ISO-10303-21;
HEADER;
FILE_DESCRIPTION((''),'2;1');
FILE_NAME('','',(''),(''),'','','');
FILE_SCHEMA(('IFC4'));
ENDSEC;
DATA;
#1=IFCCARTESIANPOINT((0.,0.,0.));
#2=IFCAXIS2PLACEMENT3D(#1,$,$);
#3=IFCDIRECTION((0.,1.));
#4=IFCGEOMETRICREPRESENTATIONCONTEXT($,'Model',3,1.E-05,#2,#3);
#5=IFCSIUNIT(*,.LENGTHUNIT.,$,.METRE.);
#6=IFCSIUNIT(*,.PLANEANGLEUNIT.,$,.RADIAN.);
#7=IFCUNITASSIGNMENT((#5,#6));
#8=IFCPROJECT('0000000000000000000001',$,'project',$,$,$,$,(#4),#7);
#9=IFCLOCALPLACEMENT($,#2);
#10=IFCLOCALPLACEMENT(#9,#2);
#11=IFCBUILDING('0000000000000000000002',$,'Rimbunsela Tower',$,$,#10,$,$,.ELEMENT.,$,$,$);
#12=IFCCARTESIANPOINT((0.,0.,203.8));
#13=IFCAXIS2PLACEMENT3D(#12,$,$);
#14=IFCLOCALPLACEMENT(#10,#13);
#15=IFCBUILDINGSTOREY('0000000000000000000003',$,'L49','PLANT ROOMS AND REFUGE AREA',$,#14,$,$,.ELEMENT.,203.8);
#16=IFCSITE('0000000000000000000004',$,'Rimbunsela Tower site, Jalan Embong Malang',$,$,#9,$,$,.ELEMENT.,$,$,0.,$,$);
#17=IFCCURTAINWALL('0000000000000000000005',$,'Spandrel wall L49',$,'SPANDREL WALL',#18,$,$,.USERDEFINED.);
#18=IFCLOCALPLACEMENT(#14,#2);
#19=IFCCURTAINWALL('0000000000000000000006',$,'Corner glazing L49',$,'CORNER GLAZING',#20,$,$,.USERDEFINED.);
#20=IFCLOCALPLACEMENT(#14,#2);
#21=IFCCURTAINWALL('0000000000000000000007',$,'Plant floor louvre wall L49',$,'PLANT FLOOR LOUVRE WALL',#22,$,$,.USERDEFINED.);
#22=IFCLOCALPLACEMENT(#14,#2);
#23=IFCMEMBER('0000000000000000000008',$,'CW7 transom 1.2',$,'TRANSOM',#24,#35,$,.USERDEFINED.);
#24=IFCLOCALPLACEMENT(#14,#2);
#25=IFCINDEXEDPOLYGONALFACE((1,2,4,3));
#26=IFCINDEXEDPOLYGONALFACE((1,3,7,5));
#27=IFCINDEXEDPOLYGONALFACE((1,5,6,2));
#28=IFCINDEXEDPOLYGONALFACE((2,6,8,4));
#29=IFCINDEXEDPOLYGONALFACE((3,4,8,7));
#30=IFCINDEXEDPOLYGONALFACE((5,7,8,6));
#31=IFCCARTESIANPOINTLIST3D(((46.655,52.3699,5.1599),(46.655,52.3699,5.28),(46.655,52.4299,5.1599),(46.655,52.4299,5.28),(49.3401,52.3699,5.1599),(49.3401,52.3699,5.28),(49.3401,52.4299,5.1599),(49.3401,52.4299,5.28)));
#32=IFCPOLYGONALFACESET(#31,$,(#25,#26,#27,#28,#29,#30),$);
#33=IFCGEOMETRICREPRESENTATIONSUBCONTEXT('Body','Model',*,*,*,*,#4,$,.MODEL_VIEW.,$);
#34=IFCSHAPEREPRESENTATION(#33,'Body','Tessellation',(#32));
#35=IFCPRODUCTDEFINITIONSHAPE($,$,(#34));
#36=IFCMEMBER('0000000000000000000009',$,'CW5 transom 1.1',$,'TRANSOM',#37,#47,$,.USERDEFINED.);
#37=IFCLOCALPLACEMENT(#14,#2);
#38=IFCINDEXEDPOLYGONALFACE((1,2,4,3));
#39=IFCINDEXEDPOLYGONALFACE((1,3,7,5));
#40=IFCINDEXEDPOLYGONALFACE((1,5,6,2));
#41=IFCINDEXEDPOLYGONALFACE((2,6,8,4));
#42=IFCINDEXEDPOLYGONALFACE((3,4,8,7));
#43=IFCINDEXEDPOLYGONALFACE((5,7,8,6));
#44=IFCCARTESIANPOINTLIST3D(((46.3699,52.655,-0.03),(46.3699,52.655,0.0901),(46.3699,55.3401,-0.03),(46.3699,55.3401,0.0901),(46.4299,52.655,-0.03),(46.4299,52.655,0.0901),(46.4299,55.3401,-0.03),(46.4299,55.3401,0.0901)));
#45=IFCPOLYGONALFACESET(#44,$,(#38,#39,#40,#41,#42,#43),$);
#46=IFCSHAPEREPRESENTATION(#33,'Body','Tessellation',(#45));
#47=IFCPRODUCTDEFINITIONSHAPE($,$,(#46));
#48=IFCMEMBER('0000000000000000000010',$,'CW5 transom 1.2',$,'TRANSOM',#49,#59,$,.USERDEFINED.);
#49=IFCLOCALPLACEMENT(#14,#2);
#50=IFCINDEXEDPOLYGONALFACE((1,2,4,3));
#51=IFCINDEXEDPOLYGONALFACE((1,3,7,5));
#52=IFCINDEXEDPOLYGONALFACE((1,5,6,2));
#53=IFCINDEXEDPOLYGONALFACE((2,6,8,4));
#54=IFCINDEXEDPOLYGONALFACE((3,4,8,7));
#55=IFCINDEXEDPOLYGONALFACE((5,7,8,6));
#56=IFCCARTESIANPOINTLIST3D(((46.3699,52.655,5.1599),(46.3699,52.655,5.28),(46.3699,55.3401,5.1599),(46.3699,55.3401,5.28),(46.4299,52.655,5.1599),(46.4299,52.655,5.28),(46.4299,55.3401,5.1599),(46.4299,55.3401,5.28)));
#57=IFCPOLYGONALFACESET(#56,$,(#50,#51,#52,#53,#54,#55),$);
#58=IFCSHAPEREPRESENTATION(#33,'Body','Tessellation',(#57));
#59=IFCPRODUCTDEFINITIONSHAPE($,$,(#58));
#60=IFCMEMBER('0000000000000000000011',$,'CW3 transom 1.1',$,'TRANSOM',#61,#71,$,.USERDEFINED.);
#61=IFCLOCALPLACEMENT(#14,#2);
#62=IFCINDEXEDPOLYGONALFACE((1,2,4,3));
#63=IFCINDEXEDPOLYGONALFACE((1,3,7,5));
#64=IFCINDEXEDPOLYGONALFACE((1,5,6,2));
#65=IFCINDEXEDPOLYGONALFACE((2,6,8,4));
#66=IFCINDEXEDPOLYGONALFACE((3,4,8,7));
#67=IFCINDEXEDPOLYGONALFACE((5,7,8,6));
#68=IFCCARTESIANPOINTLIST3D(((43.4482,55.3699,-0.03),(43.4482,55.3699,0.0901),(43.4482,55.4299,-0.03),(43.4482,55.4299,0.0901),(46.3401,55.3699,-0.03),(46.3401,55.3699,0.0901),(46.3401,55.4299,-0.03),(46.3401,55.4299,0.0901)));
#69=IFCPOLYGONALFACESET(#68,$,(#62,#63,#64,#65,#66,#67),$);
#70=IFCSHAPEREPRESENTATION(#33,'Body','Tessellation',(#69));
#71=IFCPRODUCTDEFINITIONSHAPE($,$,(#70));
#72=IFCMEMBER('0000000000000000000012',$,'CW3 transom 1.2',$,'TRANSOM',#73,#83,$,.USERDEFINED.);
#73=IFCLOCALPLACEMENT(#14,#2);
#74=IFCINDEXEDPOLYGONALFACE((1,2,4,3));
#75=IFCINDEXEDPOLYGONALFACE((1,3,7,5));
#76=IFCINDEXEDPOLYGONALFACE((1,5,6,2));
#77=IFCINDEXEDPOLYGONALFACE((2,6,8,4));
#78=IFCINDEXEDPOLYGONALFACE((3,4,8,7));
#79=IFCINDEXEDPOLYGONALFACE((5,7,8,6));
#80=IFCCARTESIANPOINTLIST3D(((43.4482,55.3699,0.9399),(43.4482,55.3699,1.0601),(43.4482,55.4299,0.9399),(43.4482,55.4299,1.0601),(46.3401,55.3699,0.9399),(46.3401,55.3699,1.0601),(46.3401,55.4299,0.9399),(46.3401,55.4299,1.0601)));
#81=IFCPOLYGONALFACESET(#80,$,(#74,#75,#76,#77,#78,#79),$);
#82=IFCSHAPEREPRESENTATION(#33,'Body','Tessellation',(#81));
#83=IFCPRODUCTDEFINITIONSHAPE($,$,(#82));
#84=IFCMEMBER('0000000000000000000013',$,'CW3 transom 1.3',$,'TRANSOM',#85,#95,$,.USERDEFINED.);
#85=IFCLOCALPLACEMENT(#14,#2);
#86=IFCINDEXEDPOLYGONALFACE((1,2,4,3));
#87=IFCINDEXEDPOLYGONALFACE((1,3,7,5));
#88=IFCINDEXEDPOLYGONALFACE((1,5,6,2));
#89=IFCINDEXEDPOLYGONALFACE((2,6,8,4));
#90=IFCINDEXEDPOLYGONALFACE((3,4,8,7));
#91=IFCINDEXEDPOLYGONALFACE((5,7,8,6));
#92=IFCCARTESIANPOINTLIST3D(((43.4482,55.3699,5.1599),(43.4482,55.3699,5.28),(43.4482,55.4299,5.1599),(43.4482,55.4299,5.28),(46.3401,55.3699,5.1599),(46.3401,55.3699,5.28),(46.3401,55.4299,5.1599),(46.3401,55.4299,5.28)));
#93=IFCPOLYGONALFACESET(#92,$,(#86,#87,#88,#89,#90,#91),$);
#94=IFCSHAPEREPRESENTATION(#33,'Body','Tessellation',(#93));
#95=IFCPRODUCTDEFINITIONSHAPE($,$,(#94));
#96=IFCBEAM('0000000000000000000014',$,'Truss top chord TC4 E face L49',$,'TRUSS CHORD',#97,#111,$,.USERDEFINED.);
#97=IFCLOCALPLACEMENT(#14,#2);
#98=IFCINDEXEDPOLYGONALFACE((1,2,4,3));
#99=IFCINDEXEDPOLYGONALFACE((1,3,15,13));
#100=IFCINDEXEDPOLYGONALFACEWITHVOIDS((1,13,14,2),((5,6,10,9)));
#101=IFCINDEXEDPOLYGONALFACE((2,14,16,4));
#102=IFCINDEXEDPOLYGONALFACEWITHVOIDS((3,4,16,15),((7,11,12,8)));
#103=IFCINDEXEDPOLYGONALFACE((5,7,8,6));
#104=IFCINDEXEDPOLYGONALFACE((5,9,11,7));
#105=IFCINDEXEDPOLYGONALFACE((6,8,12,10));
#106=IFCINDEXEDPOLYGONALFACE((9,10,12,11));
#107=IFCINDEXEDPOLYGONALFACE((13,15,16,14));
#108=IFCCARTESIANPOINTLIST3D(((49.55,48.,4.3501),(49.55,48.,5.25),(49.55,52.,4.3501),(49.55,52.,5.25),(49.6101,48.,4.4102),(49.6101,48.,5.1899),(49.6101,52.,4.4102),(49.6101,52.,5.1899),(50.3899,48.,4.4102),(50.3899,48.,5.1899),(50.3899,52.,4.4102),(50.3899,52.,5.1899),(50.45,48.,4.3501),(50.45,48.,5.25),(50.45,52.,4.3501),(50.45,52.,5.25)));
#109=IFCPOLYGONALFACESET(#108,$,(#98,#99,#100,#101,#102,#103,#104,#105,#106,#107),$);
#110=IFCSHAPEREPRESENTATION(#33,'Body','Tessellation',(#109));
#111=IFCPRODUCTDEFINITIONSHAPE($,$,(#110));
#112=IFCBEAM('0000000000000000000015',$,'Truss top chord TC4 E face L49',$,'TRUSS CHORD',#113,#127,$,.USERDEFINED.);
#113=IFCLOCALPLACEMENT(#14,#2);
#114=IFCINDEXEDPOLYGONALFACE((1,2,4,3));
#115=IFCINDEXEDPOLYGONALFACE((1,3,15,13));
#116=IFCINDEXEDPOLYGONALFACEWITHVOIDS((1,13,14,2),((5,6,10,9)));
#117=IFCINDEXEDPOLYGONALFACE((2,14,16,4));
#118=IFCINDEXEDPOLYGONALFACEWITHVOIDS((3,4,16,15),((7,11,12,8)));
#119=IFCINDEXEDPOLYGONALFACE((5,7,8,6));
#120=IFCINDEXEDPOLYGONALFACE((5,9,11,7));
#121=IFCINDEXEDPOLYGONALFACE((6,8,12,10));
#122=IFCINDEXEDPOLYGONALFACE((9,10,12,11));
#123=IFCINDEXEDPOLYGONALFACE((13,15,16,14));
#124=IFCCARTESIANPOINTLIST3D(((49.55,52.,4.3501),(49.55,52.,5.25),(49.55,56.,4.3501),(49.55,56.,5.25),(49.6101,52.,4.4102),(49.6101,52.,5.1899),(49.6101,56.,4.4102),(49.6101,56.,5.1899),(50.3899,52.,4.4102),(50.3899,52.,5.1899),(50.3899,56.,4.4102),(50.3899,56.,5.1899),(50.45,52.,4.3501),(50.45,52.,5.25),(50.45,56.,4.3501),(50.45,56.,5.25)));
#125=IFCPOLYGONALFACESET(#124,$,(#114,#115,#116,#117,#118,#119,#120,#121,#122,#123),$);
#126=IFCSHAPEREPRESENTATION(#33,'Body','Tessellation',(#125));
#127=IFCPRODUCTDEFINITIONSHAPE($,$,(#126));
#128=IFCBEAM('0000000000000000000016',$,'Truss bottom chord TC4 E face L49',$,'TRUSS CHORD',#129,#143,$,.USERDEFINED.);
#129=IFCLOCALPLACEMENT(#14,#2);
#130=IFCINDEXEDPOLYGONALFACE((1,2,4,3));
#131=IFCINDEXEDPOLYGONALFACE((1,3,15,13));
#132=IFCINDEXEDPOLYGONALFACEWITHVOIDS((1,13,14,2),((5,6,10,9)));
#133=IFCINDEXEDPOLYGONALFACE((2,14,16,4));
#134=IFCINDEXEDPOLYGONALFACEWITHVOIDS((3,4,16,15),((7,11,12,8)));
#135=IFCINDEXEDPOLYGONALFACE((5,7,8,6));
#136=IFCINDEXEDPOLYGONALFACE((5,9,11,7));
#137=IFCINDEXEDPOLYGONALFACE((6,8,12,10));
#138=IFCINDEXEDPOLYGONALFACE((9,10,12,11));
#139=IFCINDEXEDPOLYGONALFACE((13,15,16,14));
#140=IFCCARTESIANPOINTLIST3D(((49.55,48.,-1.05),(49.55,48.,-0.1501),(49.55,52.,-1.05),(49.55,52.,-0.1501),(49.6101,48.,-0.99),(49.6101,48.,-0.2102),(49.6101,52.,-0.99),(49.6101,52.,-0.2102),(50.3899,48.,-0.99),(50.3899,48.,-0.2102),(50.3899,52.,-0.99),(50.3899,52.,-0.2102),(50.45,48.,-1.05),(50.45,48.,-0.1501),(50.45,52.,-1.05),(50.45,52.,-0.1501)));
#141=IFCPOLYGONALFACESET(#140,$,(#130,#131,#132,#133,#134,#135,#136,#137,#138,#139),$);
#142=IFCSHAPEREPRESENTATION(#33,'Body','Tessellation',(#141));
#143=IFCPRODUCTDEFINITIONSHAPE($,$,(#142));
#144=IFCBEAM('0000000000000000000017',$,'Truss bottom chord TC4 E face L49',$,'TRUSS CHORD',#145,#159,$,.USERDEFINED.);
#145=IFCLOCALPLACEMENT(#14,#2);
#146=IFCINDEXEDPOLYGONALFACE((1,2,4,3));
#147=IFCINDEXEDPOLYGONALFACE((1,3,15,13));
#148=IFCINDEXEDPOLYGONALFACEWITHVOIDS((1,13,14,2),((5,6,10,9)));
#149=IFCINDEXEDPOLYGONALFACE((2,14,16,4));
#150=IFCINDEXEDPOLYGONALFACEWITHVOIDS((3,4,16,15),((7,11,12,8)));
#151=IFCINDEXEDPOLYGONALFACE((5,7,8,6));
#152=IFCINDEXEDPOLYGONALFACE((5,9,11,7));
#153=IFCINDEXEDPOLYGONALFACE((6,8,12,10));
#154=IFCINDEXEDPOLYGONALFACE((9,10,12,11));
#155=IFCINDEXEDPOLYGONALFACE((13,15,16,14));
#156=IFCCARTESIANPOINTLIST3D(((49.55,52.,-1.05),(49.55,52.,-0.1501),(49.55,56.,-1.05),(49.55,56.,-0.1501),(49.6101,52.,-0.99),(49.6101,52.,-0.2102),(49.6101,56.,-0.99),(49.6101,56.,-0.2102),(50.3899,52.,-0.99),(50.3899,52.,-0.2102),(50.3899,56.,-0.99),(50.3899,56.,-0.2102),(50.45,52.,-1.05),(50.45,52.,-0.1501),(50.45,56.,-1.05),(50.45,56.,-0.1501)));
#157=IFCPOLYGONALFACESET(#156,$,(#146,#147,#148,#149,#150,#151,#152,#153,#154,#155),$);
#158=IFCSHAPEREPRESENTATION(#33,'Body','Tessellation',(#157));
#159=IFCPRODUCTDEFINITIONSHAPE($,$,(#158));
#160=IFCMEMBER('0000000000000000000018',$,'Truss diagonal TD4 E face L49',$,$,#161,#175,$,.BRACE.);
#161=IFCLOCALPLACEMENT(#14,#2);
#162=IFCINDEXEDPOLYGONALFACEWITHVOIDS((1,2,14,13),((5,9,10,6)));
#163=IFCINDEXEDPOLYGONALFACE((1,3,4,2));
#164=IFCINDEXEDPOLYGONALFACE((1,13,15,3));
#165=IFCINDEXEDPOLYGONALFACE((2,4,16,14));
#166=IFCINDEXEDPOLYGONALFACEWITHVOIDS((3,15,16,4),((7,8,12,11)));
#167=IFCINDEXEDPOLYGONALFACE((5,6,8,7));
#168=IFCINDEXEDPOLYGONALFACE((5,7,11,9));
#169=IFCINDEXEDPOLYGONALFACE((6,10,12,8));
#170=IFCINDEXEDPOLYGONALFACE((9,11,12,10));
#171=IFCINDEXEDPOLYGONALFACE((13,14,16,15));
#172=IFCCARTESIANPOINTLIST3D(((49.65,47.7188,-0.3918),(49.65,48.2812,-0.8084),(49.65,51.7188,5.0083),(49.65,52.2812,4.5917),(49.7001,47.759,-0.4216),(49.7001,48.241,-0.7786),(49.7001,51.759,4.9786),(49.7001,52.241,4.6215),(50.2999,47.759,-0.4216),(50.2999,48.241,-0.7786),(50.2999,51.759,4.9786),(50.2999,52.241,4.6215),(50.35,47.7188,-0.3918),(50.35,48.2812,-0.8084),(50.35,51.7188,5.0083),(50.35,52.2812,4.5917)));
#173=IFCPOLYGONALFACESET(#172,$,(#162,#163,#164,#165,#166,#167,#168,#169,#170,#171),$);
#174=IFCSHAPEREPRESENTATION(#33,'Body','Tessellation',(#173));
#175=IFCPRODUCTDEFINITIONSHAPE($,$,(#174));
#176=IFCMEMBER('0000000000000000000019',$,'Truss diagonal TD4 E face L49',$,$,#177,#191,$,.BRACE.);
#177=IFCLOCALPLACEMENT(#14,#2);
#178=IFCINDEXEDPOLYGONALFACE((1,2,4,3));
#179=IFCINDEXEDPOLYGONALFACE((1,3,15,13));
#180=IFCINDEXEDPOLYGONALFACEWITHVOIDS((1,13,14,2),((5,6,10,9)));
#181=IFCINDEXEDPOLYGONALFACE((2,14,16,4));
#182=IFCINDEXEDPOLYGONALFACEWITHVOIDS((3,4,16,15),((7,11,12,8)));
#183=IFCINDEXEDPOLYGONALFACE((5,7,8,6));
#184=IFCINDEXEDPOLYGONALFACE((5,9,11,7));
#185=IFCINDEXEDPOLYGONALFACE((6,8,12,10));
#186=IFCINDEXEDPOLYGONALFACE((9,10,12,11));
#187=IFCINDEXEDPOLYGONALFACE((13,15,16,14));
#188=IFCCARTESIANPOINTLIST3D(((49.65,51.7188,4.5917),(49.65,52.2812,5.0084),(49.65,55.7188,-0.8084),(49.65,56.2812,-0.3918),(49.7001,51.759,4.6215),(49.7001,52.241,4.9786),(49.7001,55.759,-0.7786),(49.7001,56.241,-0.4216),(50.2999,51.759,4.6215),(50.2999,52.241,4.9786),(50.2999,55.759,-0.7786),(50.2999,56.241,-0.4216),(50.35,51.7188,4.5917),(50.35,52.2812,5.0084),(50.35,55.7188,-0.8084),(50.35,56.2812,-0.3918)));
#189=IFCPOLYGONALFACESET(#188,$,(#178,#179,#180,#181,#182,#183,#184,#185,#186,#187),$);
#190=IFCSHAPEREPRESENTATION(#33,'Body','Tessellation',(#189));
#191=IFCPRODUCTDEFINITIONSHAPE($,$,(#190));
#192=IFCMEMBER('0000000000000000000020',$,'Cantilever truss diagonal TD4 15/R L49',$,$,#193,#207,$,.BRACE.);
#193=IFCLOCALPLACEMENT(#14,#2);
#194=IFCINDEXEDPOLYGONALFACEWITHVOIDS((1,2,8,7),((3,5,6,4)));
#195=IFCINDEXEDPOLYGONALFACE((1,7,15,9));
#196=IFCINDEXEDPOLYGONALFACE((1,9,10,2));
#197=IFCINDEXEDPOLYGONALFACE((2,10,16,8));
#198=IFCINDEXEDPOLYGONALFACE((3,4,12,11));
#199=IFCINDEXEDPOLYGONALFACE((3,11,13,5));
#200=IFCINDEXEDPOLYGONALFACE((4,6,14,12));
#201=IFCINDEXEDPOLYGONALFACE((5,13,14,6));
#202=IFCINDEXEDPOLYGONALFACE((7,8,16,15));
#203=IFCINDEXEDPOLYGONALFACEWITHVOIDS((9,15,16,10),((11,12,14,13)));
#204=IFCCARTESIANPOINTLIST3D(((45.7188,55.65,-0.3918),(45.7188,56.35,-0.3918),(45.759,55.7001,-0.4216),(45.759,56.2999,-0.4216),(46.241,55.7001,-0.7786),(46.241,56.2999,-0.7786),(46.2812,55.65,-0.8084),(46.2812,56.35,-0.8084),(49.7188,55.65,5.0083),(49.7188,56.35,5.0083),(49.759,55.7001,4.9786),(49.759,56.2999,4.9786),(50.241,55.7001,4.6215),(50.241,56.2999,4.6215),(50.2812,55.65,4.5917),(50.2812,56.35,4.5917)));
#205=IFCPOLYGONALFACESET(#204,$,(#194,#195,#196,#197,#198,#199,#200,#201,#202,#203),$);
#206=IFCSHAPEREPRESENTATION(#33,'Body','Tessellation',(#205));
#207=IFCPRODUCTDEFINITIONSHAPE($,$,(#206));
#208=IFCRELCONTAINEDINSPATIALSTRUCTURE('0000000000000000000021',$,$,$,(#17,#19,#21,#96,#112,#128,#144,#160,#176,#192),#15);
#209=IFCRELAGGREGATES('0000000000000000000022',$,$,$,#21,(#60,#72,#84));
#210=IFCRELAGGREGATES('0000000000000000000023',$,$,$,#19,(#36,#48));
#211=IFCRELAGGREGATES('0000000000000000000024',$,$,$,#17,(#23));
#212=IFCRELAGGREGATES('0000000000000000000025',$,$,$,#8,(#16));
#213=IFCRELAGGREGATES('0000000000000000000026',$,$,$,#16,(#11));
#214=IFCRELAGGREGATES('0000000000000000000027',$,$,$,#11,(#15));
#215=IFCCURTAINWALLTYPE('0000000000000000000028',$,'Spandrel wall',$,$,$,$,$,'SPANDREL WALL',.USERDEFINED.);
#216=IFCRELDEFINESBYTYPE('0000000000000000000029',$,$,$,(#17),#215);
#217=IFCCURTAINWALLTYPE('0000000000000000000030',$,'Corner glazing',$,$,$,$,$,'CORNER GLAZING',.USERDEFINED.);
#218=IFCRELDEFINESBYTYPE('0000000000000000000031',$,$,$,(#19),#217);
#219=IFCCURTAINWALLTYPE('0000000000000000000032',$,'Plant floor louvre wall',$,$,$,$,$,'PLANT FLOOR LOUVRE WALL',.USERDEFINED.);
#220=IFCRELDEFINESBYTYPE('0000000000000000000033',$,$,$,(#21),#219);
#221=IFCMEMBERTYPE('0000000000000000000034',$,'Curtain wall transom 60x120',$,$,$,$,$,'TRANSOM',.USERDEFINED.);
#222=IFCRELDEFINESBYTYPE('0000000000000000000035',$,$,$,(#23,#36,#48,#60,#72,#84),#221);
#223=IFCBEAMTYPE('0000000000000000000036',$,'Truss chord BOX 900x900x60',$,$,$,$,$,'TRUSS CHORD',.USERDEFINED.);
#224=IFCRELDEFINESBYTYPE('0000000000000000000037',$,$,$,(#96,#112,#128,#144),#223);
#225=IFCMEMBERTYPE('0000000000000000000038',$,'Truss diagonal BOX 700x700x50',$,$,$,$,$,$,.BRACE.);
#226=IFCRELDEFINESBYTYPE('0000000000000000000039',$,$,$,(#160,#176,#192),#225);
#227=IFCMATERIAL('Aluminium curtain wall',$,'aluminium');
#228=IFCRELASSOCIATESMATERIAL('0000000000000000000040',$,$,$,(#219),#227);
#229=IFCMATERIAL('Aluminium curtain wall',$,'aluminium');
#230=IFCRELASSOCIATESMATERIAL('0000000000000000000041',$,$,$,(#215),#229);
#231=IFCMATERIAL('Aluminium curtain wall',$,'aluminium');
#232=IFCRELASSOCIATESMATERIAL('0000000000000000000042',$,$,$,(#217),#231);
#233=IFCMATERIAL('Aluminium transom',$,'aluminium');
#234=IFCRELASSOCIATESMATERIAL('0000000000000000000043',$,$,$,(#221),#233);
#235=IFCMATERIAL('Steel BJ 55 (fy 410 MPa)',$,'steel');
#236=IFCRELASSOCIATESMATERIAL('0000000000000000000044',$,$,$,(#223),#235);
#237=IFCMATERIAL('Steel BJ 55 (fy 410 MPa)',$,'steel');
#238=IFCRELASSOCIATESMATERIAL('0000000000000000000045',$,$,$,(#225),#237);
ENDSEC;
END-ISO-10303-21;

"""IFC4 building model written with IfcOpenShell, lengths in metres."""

from ifc_helpers import new_model, si_unit, direction, frame, origin, origin_2d, place, context, subcontext, project, spatial, rectangle, hollow_rectangle, extrude, material, material_profile, profile_set, type_object, element, aggregate, save


model = new_model("IFC4")

# Units and contexts
model_context = context("Model", 3, precision=1e-05, world=origin(), true_north=direction((0.0, 1.0)))
body_context = subcontext(model_context, "Body", "Model", "MODEL_VIEW")
ifc_project = project(units=[si_unit("LENGTHUNIT", "METRE"), si_unit("PLANEANGLEUNIT", "RADIAN")], contexts=[model_context])

# Site, building, storey
site_placement = place(None, origin())
site = spatial("IfcSite", under=ifc_project, at=site_placement, Name="Rimbunsela Tower site, Jalan Embong Malang", CompositionType="ELEMENT", RefElevation=0.0)
building_placement = place(site_placement, origin())
building = spatial("IfcBuilding", under=site, at=building_placement, Name="Rimbunsela Tower", CompositionType="ELEMENT")
storey_placement = place(building_placement, frame((0.0, 0.0, 203.8)))
storey = spatial("IfcBuildingStorey", under=building, at=storey_placement, Name="L49", Description="PLANT ROOMS AND REFUGE AREA", CompositionType="ELEMENT", Elevation=203.8)

# Curtain walls
ifc_material_1 = material(Name="Aluminium curtain wall", Category="aluminium")
curtain_wall_type_1 = type_object("IfcCurtainWallType", Name="Plant floor louvre wall", ElementType="PLANT FLOOR LOUVRE WALL", PredefinedType="USERDEFINED", material=ifc_material_1)
ifc_material_2 = material(Name="Aluminium curtain wall", Category="aluminium")
curtain_wall_type_2 = type_object("IfcCurtainWallType", Name="Spandrel wall", ElementType="SPANDREL WALL", PredefinedType="USERDEFINED", material=ifc_material_2)
curtain_wall_1_placement = place(storey_placement, origin())
curtain_wall_1 = element("IfcCurtainWall", 1, at=curtain_wall_1_placement, inside=storey, type_object=curtain_wall_type_2, Name="Spandrel wall L49", ObjectType="SPANDREL WALL", PredefinedType="USERDEFINED")
ifc_material_3 = material(Name="Aluminium curtain wall", Category="aluminium")
curtain_wall_type_3 = type_object("IfcCurtainWallType", Name="Corner glazing", ElementType="CORNER GLAZING", PredefinedType="USERDEFINED", material=ifc_material_3)
curtain_wall_2_placement = place(storey_placement, origin())
curtain_wall_2 = element("IfcCurtainWall", 2, at=curtain_wall_2_placement, inside=storey, type_object=curtain_wall_type_3, Name="Corner glazing L49", ObjectType="CORNER GLAZING", PredefinedType="USERDEFINED")

# Curtain wall
curtain_wall_3_placement = place(storey_placement, origin())
curtain_wall_3 = element("IfcCurtainWall", 3, at=curtain_wall_3_placement, inside=storey, type_object=curtain_wall_type_1, Name="Plant floor louvre wall L49", ObjectType="PLANT FLOOR LOUVRE WALL", PredefinedType="USERDEFINED")

# Members
ifc_material_4 = material(Name="Aluminium transom", Category="aluminium")
ifc_material_profile_1 = material_profile(ifc_material_4, rectangle(XDim=0.0601, YDim=0.1201, at=origin_2d()), Name="Transom 60x120")
ifc_profile_set_1 = profile_set([ifc_material_profile_1], Name="Aluminium transom")
member_type_1 = type_object("IfcMemberType", Name="Curtain wall transom 60x120", ElementType="TRANSOM", PredefinedType="USERDEFINED", material=ifc_profile_set_1)
member_1_placement = place(storey_placement, frame((49.3401, 52.3999, 5.22), z_axis=(-1.0, 0.0, 0.0), x_axis=(0.0, -1.0, 0.0)))
member_1 = element("IfcMember", 4, at=member_1_placement, type_object=member_type_1, Name="CW7 transom 1.2", ObjectType="TRANSOM", PredefinedType="USERDEFINED", context=body_context, shape_type="SweptSolid", body=[
    extrude(rectangle(XDim=0.0601, YDim=0.1201, at=origin_2d()), origin(), (0.0, 0.0, 1.0), 2.6851),
])
member_2_placement = place(storey_placement, frame((46.3999, 52.655, 0.03), z_axis=(0.0, 1.0, 0.0), x_axis=(-1.0, 0.0, 0.0)))
member_2 = element("IfcMember", 5, at=member_2_placement, type_object=member_type_1, Name="CW5 transom 1.1", ObjectType="TRANSOM", PredefinedType="USERDEFINED", context=body_context, shape_type="SweptSolid", body=[
    extrude(rectangle(XDim=0.0601, YDim=0.1201, at=origin_2d()), origin(), (0.0, 0.0, 1.0), 2.6851),
])
member_3_placement = place(storey_placement, frame((46.3999, 52.655, 5.22), z_axis=(0.0, 1.0, 0.0), x_axis=(-1.0, 0.0, 0.0)))
member_3 = element("IfcMember", 6, at=member_3_placement, type_object=member_type_1, Name="CW5 transom 1.2", ObjectType="TRANSOM", PredefinedType="USERDEFINED", context=body_context, shape_type="SweptSolid", body=[
    extrude(rectangle(XDim=0.0601, YDim=0.1201, at=origin_2d()), origin(), (0.0, 0.0, 1.0), 2.6851),
])
member_4_placement = place(storey_placement, frame((46.3401, 55.3999, 0.03), z_axis=(-1.0, 0.0, 0.0), x_axis=(0.0, -1.0, 0.0)))
member_4 = element("IfcMember", 7, at=member_4_placement, type_object=member_type_1, Name="CW3 transom 1.1", ObjectType="TRANSOM", PredefinedType="USERDEFINED", context=body_context, shape_type="SweptSolid", body=[
    extrude(rectangle(XDim=0.0601, YDim=0.1201, at=origin_2d()), origin(), (0.0, 0.0, 1.0), 2.8918),
])
member_5_placement = place(storey_placement, frame((46.3401, 55.3999, 1.0), z_axis=(-1.0, 0.0, 0.0), x_axis=(0.0, -1.0, 0.0)))
member_5 = element("IfcMember", 8, at=member_5_placement, type_object=member_type_1, Name="CW3 transom 1.2", ObjectType="TRANSOM", PredefinedType="USERDEFINED", context=body_context, shape_type="SweptSolid", body=[
    extrude(rectangle(XDim=0.0601, YDim=0.1201, at=origin_2d()), origin(), (0.0, 0.0, 1.0), 2.8918),
])
member_6_placement = place(storey_placement, frame((46.3401, 55.3999, 5.22), z_axis=(-1.0, 0.0, 0.0), x_axis=(0.0, -1.0, 0.0)))
member_6 = element("IfcMember", 9, at=member_6_placement, type_object=member_type_1, Name="CW3 transom 1.3", ObjectType="TRANSOM", PredefinedType="USERDEFINED", context=body_context, shape_type="SweptSolid", body=[
    extrude(rectangle(XDim=0.0601, YDim=0.1201, at=origin_2d()), origin(), (0.0, 0.0, 1.0), 2.8918),
])
aggregate(curtain_wall_3, [member_4, member_5, member_6])

# Beams
ifc_material_5 = material(Name="Steel BJ 55 (fy 410 MPa)", Category="steel")
ifc_material_profile_2 = material_profile(ifc_material_5, hollow_rectangle(XDim=0.8999, YDim=0.8999, WallThickness=0.0601, at=origin_2d()), Name="BOX 900x900x60")
ifc_profile_set_2 = profile_set([ifc_material_profile_2], Name="Steel BJ 55 (fy 410 MPa)")
beam_type = type_object("IfcBeamType", Name="Truss chord BOX 900x900x60", ElementType="TRUSS CHORD", PredefinedType="USERDEFINED", material=ifc_profile_set_2)
for number, where, z_axis, x_axis, name in (
    (10, (50.0, 48.0, 4.8), (0.0, 1.0, 0.0), (-1.0, 0.0, 0.0), "Truss top chord TC4 E face L49"),
    (11, (50.0, 52.0, 4.8), (0.0, 1.0, 0.0), (-1.0, 0.0, 0.0), "Truss top chord TC4 E face L49"),
    (12, (50.0, 48.0, -0.6001), (0.0, 1.0, 0.0), (-1.0, 0.0, 0.0), "Truss bottom chord TC4 E face L49"),
    (13, (50.0, 52.0, -0.6001), (0.0, 1.0, 0.0), (-1.0, 0.0, 0.0), "Truss bottom chord TC4 E face L49"),
):
    element("IfcBeam", number, at=place(storey_placement, frame(where, z_axis=z_axis, x_axis=x_axis)), inside=storey, type_object=beam_type, Name=name, ObjectType="TRUSS CHORD", PredefinedType="USERDEFINED", context=body_context, shape_type="SweptSolid", body=[
        extrude(hollow_rectangle(XDim=0.8999, YDim=0.8999, WallThickness=0.0601, at=origin_2d()), origin(), (0.0, 0.0, 1.0), 4.0),
    ])

# Members
ifc_material_6 = material(Name="Steel BJ 55 (fy 410 MPa)", Category="steel")
ifc_material_profile_3 = material_profile(ifc_material_6, hollow_rectangle(XDim=0.7, YDim=0.7, WallThickness=0.05, at=origin_2d()), Name="BOX 700x700x50")
ifc_profile_set_3 = profile_set([ifc_material_profile_3], Name="Steel BJ 55 (fy 410 MPa)")
member_type_2 = type_object("IfcMemberType", Name="Truss diagonal BOX 700x700x50", PredefinedType="BRACE", material=ifc_profile_set_3)
for number, where, z_axis, x_axis, name in (
    (14, (50.0, 48.0, -0.6001), (0.0, 0.595217, 0.803565), (-1.0, 0.0, 0.0), "Truss diagonal TD4 E face L49"),
    (15, (50.0, 52.0, 4.8), (0.0, 0.595217, -0.803565), (-1.0, 0.0, 0.0), "Truss diagonal TD4 E face L49"),
    (16, (46.0, 56.0, -0.6001), (0.595217, 0.0, 0.803565), (0.0, 1.0, 0.0), "Cantilever truss diagonal TD4 15/R L49"),
):
    element("IfcMember", number, at=place(storey_placement, frame(where, z_axis=z_axis, x_axis=x_axis)), inside=storey, type_object=member_type_2, Name=name, PredefinedType="BRACE", context=body_context, shape_type="SweptSolid", body=[
        extrude(hollow_rectangle(XDim=0.7, YDim=0.7, WallThickness=0.05, at=origin_2d()), origin(), (0.0, 0.0, 1.0), 6.7202),
    ])

aggregate(curtain_wall_2, [member_2, member_3])
aggregate(curtain_wall_1, [member_1])

save(model, "model.ifc")
